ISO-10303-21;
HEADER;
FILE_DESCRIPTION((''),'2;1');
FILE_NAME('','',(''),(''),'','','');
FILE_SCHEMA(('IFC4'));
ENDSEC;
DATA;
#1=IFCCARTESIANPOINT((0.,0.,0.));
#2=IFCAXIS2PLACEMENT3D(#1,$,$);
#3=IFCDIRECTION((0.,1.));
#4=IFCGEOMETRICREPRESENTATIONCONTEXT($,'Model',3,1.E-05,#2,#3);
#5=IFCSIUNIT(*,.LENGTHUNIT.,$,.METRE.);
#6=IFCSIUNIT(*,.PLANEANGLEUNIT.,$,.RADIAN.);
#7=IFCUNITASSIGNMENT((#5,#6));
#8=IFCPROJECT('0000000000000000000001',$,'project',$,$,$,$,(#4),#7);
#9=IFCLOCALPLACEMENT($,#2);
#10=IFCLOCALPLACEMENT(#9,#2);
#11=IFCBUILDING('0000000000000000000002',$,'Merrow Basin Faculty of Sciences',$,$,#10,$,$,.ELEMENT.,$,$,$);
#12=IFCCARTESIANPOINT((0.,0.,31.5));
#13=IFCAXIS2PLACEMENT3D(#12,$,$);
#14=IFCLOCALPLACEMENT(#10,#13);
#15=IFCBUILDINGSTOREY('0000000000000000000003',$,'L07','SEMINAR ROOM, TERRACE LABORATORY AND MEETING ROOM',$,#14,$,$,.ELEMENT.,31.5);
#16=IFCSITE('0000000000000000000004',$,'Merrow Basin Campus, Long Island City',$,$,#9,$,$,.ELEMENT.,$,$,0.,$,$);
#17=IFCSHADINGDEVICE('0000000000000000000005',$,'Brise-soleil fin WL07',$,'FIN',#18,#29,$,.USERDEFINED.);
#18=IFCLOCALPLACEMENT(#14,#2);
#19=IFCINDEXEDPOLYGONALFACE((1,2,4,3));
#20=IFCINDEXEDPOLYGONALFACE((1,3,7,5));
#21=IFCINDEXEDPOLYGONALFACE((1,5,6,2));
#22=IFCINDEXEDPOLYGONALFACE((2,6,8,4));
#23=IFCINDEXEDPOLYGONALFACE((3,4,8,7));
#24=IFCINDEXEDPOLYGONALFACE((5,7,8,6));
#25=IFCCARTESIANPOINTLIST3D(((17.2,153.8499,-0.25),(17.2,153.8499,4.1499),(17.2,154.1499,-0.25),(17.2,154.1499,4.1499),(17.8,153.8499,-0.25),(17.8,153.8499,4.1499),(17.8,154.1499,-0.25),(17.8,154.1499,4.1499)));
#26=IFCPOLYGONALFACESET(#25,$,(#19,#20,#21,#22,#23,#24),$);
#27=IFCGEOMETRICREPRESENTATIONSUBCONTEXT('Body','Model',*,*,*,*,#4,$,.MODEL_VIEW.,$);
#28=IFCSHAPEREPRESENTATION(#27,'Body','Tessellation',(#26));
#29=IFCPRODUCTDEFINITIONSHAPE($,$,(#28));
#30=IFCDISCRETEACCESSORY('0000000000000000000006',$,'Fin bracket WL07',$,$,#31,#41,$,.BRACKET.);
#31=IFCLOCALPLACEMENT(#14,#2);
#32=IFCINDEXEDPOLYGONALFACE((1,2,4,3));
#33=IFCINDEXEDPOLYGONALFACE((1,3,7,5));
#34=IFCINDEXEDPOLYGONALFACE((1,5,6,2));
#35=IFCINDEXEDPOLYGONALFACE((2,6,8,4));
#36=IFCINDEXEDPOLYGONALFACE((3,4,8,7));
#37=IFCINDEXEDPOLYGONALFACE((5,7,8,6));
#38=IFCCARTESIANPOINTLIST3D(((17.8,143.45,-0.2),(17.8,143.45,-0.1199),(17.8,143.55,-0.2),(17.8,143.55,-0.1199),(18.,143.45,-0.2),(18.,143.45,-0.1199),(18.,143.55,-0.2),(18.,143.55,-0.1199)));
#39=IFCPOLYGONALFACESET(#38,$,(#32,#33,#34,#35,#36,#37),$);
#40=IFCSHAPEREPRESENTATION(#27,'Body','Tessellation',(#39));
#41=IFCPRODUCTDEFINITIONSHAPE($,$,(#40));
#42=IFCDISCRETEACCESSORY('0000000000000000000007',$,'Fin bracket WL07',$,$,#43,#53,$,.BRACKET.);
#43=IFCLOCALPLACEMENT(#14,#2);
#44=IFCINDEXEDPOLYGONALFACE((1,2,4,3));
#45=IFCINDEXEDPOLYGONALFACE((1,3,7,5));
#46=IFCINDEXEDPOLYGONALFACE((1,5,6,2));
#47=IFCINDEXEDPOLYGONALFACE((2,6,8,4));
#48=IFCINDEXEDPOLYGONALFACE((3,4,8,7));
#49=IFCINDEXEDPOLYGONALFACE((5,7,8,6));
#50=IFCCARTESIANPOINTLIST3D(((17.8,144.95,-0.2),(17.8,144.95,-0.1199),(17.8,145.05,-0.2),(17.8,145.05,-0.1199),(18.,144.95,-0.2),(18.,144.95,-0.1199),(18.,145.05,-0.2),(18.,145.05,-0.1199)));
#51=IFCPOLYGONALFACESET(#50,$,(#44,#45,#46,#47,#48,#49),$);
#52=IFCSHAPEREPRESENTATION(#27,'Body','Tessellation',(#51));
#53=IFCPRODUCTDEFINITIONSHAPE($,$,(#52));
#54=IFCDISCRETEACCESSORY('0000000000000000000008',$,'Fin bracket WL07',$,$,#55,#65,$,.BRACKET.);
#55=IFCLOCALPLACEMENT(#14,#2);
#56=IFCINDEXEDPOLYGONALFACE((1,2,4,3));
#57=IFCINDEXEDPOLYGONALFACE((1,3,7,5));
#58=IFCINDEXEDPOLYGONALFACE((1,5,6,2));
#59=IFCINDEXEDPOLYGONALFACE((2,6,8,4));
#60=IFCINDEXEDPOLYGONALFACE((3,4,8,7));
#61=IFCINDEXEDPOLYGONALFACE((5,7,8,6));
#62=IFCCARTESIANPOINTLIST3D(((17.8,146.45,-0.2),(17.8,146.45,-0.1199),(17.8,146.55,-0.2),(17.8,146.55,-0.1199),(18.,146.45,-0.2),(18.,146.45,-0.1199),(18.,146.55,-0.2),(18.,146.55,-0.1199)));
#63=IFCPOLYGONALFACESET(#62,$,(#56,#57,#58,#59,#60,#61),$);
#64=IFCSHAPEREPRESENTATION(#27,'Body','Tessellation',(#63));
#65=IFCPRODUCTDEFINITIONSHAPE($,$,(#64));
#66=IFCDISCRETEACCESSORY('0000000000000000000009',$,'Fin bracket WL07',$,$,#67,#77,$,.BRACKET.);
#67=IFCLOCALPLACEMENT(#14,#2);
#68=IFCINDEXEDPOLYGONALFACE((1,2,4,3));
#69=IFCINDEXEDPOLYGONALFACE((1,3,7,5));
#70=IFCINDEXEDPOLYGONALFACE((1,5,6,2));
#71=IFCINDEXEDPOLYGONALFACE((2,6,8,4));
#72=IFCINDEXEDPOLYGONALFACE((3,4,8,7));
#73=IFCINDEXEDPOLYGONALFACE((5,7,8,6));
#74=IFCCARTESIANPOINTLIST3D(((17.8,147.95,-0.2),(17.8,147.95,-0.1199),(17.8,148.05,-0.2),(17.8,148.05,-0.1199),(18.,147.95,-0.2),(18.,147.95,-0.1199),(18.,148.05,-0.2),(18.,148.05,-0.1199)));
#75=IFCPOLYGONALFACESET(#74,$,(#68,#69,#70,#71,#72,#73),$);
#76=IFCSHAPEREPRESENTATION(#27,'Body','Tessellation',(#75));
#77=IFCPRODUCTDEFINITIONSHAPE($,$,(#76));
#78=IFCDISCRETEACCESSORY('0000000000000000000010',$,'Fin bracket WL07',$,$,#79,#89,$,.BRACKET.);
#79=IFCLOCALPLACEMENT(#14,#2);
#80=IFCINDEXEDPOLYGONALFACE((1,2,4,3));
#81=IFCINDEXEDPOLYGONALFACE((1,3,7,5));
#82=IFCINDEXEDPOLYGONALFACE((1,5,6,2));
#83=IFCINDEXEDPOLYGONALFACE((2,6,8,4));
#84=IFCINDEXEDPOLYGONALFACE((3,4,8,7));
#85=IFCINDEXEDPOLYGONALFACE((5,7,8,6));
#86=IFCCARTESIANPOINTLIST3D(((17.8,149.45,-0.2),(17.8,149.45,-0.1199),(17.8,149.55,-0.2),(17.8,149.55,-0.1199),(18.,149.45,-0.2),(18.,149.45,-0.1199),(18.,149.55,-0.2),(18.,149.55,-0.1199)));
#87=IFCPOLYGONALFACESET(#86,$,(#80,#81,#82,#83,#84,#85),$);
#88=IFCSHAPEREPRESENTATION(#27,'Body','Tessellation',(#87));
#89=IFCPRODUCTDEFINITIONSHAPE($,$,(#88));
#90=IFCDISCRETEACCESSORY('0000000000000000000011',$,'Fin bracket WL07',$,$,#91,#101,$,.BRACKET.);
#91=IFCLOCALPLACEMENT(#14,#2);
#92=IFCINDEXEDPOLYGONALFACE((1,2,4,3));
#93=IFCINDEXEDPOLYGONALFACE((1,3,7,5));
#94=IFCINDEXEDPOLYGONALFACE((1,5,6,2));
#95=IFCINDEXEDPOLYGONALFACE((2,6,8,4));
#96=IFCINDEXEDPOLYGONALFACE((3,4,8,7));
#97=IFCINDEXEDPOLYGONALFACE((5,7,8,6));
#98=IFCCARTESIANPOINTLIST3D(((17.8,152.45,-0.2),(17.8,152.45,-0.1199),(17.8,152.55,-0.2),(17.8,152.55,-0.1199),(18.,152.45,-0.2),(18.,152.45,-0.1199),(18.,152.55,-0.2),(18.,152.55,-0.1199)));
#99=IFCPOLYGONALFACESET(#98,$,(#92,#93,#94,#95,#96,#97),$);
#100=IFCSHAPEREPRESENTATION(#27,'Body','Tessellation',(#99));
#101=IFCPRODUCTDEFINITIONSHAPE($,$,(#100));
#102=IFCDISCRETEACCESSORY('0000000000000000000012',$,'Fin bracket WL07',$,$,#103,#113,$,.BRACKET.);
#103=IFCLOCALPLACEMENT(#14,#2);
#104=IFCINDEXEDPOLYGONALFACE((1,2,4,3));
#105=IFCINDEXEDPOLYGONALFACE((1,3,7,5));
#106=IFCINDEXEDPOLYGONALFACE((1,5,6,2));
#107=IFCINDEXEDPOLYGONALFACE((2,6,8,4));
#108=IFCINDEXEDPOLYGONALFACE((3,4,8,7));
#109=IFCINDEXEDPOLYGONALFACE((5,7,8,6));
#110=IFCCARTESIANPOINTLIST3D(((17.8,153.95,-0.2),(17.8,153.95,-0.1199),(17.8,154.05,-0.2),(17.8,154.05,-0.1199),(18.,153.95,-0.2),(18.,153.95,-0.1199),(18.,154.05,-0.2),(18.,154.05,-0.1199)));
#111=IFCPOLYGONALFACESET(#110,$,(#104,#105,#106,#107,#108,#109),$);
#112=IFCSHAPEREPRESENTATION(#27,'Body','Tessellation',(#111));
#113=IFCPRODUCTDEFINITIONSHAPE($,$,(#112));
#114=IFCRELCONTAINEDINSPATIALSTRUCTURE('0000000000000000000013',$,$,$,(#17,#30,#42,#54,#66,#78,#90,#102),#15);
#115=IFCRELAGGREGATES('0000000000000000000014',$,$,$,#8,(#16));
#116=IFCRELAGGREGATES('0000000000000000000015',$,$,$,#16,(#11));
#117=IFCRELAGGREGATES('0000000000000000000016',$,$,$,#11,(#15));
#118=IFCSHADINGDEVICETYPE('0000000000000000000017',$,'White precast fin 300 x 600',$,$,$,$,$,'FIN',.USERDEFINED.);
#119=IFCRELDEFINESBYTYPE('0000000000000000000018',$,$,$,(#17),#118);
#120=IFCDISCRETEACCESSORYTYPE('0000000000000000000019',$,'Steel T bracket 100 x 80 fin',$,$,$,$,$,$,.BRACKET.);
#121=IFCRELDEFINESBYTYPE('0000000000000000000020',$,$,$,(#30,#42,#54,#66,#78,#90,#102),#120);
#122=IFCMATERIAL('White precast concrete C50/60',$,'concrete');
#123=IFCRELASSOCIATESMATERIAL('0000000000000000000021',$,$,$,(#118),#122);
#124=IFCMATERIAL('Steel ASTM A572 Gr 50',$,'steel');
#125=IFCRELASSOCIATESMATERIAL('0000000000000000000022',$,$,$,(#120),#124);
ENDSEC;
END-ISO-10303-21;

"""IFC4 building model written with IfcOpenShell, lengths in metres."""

from ifc_helpers import new_model, si_unit, direction, frame, origin, place, context, subcontext, project, spatial, polyline, outline, extrude, source, transform, mapped, material, type_object, element, save


model = new_model("IFC4")

# Units and contexts
model_context = context("Model", 3, precision=1e-05, world=origin(), true_north=direction((0.0, 1.0)))
body_context = subcontext(model_context, "Body", "Model", "MODEL_VIEW")
ifc_project = project(units=[si_unit("LENGTHUNIT", "METRE"), si_unit("PLANEANGLEUNIT", "RADIAN")], contexts=[model_context])

# Site, building, storey
site_placement = place(None, origin())
site = spatial("IfcSite", under=ifc_project, at=site_placement, Name="Merrow Basin Campus, Long Island City", CompositionType="ELEMENT", RefElevation=0.0)
building_placement = place(site_placement, origin())
building = spatial("IfcBuilding", under=site, at=building_placement, Name="Merrow Basin Faculty of Sciences", CompositionType="ELEMENT")
storey_placement = place(building_placement, frame((0.0, 0.0, 31.5)))
storey = spatial("IfcBuildingStorey", under=building, at=storey_placement, Name="L07", Description="SEMINAR ROOM, TERRACE LABORATORY AND MEETING ROOM", CompositionType="ELEMENT", Elevation=31.5)

# Shading device
ifc_material_1 = material(Name="White precast concrete C50/60", Category="concrete")
shading_device_type = type_object("IfcShadingDeviceType", Name="White precast fin 300 x 600", ElementType="FIN", PredefinedType="USERDEFINED", material=ifc_material_1)
shared_shape_1 = source(origin(), body_context, "Body", "SweptSolid", [
    extrude(outline(polyline([(0.0, 0.0), (0.3, 0.0), (0.3, 4.3999), (0.0, 4.3999), (0.0, 0.0)])), origin(), (0.0, 0.0, 1.0), 0.6001),
])
for number, where, z_axis, x_axis, name in (
    (1, (17.8, 154.1499, -0.25), (-1.0, 0.0, 0.0), (0.0, -1.0, 0.0), "Brise-soleil fin WL07"),
):
    element("IfcShadingDevice", number, at=place(storey_placement, frame(where, z_axis=z_axis, x_axis=x_axis)), inside=storey, type_object=shading_device_type, Name=name, ObjectType="FIN", PredefinedType="USERDEFINED", context=body_context, shape_type="MappedRepresentation", body=[
        mapped(shared_shape_1, transform((0.0, 0.0, 0.0), scale=1.0)),
    ])

# Discrete accessories
ifc_material_2 = material(Name="Steel ASTM A572 Gr 50", Category="steel")
discrete_accessory_type = type_object("IfcDiscreteAccessoryType", Name="Steel T bracket 100 x 80 fin", PredefinedType="BRACKET", material=ifc_material_2)
shared_shape_2 = source(origin(), body_context, "Body", "SweptSolid", [
    extrude(outline(polyline([(0.0, 0.0), (0.1001, 0.0), (0.1001, 0.0801), (0.0, 0.0801), (0.0, 0.0)])), origin(), (0.0, 0.0, 1.0), 0.2),
])
for number, where, z_axis, x_axis, name in (
    (2, (18.0, 143.55, -0.2), (-1.0, 0.0, 0.0), (0.0, -1.0, 0.0), "Fin bracket WL07"),
    (3, (18.0, 145.05, -0.2), (-1.0, 0.0, 0.0), (0.0, -1.0, 0.0), "Fin bracket WL07"),
    (4, (18.0, 146.55, -0.2), (-1.0, 0.0, 0.0), (0.0, -1.0, 0.0), "Fin bracket WL07"),
    (5, (18.0, 148.05, -0.2), (-1.0, 0.0, 0.0), (0.0, -1.0, 0.0), "Fin bracket WL07"),
    (6, (18.0, 149.55, -0.2), (-1.0, 0.0, 0.0), (0.0, -1.0, 0.0), "Fin bracket WL07"),
    (7, (18.0, 152.55, -0.2), (-1.0, 0.0, 0.0), (0.0, -1.0, 0.0), "Fin bracket WL07"),
    (8, (18.0, 154.05, -0.2), (-1.0, 0.0, 0.0), (0.0, -1.0, 0.0), "Fin bracket WL07"),
):
    element("IfcDiscreteAccessory", number, at=place(storey_placement, frame(where, z_axis=z_axis, x_axis=x_axis)), inside=storey, type_object=discrete_accessory_type, Name=name, PredefinedType="BRACKET", context=body_context, shape_type="MappedRepresentation", body=[
        mapped(shared_shape_2, transform((0.0, 0.0, 0.0), scale=1.0)),
    ])

save(model, "model.ifc")
